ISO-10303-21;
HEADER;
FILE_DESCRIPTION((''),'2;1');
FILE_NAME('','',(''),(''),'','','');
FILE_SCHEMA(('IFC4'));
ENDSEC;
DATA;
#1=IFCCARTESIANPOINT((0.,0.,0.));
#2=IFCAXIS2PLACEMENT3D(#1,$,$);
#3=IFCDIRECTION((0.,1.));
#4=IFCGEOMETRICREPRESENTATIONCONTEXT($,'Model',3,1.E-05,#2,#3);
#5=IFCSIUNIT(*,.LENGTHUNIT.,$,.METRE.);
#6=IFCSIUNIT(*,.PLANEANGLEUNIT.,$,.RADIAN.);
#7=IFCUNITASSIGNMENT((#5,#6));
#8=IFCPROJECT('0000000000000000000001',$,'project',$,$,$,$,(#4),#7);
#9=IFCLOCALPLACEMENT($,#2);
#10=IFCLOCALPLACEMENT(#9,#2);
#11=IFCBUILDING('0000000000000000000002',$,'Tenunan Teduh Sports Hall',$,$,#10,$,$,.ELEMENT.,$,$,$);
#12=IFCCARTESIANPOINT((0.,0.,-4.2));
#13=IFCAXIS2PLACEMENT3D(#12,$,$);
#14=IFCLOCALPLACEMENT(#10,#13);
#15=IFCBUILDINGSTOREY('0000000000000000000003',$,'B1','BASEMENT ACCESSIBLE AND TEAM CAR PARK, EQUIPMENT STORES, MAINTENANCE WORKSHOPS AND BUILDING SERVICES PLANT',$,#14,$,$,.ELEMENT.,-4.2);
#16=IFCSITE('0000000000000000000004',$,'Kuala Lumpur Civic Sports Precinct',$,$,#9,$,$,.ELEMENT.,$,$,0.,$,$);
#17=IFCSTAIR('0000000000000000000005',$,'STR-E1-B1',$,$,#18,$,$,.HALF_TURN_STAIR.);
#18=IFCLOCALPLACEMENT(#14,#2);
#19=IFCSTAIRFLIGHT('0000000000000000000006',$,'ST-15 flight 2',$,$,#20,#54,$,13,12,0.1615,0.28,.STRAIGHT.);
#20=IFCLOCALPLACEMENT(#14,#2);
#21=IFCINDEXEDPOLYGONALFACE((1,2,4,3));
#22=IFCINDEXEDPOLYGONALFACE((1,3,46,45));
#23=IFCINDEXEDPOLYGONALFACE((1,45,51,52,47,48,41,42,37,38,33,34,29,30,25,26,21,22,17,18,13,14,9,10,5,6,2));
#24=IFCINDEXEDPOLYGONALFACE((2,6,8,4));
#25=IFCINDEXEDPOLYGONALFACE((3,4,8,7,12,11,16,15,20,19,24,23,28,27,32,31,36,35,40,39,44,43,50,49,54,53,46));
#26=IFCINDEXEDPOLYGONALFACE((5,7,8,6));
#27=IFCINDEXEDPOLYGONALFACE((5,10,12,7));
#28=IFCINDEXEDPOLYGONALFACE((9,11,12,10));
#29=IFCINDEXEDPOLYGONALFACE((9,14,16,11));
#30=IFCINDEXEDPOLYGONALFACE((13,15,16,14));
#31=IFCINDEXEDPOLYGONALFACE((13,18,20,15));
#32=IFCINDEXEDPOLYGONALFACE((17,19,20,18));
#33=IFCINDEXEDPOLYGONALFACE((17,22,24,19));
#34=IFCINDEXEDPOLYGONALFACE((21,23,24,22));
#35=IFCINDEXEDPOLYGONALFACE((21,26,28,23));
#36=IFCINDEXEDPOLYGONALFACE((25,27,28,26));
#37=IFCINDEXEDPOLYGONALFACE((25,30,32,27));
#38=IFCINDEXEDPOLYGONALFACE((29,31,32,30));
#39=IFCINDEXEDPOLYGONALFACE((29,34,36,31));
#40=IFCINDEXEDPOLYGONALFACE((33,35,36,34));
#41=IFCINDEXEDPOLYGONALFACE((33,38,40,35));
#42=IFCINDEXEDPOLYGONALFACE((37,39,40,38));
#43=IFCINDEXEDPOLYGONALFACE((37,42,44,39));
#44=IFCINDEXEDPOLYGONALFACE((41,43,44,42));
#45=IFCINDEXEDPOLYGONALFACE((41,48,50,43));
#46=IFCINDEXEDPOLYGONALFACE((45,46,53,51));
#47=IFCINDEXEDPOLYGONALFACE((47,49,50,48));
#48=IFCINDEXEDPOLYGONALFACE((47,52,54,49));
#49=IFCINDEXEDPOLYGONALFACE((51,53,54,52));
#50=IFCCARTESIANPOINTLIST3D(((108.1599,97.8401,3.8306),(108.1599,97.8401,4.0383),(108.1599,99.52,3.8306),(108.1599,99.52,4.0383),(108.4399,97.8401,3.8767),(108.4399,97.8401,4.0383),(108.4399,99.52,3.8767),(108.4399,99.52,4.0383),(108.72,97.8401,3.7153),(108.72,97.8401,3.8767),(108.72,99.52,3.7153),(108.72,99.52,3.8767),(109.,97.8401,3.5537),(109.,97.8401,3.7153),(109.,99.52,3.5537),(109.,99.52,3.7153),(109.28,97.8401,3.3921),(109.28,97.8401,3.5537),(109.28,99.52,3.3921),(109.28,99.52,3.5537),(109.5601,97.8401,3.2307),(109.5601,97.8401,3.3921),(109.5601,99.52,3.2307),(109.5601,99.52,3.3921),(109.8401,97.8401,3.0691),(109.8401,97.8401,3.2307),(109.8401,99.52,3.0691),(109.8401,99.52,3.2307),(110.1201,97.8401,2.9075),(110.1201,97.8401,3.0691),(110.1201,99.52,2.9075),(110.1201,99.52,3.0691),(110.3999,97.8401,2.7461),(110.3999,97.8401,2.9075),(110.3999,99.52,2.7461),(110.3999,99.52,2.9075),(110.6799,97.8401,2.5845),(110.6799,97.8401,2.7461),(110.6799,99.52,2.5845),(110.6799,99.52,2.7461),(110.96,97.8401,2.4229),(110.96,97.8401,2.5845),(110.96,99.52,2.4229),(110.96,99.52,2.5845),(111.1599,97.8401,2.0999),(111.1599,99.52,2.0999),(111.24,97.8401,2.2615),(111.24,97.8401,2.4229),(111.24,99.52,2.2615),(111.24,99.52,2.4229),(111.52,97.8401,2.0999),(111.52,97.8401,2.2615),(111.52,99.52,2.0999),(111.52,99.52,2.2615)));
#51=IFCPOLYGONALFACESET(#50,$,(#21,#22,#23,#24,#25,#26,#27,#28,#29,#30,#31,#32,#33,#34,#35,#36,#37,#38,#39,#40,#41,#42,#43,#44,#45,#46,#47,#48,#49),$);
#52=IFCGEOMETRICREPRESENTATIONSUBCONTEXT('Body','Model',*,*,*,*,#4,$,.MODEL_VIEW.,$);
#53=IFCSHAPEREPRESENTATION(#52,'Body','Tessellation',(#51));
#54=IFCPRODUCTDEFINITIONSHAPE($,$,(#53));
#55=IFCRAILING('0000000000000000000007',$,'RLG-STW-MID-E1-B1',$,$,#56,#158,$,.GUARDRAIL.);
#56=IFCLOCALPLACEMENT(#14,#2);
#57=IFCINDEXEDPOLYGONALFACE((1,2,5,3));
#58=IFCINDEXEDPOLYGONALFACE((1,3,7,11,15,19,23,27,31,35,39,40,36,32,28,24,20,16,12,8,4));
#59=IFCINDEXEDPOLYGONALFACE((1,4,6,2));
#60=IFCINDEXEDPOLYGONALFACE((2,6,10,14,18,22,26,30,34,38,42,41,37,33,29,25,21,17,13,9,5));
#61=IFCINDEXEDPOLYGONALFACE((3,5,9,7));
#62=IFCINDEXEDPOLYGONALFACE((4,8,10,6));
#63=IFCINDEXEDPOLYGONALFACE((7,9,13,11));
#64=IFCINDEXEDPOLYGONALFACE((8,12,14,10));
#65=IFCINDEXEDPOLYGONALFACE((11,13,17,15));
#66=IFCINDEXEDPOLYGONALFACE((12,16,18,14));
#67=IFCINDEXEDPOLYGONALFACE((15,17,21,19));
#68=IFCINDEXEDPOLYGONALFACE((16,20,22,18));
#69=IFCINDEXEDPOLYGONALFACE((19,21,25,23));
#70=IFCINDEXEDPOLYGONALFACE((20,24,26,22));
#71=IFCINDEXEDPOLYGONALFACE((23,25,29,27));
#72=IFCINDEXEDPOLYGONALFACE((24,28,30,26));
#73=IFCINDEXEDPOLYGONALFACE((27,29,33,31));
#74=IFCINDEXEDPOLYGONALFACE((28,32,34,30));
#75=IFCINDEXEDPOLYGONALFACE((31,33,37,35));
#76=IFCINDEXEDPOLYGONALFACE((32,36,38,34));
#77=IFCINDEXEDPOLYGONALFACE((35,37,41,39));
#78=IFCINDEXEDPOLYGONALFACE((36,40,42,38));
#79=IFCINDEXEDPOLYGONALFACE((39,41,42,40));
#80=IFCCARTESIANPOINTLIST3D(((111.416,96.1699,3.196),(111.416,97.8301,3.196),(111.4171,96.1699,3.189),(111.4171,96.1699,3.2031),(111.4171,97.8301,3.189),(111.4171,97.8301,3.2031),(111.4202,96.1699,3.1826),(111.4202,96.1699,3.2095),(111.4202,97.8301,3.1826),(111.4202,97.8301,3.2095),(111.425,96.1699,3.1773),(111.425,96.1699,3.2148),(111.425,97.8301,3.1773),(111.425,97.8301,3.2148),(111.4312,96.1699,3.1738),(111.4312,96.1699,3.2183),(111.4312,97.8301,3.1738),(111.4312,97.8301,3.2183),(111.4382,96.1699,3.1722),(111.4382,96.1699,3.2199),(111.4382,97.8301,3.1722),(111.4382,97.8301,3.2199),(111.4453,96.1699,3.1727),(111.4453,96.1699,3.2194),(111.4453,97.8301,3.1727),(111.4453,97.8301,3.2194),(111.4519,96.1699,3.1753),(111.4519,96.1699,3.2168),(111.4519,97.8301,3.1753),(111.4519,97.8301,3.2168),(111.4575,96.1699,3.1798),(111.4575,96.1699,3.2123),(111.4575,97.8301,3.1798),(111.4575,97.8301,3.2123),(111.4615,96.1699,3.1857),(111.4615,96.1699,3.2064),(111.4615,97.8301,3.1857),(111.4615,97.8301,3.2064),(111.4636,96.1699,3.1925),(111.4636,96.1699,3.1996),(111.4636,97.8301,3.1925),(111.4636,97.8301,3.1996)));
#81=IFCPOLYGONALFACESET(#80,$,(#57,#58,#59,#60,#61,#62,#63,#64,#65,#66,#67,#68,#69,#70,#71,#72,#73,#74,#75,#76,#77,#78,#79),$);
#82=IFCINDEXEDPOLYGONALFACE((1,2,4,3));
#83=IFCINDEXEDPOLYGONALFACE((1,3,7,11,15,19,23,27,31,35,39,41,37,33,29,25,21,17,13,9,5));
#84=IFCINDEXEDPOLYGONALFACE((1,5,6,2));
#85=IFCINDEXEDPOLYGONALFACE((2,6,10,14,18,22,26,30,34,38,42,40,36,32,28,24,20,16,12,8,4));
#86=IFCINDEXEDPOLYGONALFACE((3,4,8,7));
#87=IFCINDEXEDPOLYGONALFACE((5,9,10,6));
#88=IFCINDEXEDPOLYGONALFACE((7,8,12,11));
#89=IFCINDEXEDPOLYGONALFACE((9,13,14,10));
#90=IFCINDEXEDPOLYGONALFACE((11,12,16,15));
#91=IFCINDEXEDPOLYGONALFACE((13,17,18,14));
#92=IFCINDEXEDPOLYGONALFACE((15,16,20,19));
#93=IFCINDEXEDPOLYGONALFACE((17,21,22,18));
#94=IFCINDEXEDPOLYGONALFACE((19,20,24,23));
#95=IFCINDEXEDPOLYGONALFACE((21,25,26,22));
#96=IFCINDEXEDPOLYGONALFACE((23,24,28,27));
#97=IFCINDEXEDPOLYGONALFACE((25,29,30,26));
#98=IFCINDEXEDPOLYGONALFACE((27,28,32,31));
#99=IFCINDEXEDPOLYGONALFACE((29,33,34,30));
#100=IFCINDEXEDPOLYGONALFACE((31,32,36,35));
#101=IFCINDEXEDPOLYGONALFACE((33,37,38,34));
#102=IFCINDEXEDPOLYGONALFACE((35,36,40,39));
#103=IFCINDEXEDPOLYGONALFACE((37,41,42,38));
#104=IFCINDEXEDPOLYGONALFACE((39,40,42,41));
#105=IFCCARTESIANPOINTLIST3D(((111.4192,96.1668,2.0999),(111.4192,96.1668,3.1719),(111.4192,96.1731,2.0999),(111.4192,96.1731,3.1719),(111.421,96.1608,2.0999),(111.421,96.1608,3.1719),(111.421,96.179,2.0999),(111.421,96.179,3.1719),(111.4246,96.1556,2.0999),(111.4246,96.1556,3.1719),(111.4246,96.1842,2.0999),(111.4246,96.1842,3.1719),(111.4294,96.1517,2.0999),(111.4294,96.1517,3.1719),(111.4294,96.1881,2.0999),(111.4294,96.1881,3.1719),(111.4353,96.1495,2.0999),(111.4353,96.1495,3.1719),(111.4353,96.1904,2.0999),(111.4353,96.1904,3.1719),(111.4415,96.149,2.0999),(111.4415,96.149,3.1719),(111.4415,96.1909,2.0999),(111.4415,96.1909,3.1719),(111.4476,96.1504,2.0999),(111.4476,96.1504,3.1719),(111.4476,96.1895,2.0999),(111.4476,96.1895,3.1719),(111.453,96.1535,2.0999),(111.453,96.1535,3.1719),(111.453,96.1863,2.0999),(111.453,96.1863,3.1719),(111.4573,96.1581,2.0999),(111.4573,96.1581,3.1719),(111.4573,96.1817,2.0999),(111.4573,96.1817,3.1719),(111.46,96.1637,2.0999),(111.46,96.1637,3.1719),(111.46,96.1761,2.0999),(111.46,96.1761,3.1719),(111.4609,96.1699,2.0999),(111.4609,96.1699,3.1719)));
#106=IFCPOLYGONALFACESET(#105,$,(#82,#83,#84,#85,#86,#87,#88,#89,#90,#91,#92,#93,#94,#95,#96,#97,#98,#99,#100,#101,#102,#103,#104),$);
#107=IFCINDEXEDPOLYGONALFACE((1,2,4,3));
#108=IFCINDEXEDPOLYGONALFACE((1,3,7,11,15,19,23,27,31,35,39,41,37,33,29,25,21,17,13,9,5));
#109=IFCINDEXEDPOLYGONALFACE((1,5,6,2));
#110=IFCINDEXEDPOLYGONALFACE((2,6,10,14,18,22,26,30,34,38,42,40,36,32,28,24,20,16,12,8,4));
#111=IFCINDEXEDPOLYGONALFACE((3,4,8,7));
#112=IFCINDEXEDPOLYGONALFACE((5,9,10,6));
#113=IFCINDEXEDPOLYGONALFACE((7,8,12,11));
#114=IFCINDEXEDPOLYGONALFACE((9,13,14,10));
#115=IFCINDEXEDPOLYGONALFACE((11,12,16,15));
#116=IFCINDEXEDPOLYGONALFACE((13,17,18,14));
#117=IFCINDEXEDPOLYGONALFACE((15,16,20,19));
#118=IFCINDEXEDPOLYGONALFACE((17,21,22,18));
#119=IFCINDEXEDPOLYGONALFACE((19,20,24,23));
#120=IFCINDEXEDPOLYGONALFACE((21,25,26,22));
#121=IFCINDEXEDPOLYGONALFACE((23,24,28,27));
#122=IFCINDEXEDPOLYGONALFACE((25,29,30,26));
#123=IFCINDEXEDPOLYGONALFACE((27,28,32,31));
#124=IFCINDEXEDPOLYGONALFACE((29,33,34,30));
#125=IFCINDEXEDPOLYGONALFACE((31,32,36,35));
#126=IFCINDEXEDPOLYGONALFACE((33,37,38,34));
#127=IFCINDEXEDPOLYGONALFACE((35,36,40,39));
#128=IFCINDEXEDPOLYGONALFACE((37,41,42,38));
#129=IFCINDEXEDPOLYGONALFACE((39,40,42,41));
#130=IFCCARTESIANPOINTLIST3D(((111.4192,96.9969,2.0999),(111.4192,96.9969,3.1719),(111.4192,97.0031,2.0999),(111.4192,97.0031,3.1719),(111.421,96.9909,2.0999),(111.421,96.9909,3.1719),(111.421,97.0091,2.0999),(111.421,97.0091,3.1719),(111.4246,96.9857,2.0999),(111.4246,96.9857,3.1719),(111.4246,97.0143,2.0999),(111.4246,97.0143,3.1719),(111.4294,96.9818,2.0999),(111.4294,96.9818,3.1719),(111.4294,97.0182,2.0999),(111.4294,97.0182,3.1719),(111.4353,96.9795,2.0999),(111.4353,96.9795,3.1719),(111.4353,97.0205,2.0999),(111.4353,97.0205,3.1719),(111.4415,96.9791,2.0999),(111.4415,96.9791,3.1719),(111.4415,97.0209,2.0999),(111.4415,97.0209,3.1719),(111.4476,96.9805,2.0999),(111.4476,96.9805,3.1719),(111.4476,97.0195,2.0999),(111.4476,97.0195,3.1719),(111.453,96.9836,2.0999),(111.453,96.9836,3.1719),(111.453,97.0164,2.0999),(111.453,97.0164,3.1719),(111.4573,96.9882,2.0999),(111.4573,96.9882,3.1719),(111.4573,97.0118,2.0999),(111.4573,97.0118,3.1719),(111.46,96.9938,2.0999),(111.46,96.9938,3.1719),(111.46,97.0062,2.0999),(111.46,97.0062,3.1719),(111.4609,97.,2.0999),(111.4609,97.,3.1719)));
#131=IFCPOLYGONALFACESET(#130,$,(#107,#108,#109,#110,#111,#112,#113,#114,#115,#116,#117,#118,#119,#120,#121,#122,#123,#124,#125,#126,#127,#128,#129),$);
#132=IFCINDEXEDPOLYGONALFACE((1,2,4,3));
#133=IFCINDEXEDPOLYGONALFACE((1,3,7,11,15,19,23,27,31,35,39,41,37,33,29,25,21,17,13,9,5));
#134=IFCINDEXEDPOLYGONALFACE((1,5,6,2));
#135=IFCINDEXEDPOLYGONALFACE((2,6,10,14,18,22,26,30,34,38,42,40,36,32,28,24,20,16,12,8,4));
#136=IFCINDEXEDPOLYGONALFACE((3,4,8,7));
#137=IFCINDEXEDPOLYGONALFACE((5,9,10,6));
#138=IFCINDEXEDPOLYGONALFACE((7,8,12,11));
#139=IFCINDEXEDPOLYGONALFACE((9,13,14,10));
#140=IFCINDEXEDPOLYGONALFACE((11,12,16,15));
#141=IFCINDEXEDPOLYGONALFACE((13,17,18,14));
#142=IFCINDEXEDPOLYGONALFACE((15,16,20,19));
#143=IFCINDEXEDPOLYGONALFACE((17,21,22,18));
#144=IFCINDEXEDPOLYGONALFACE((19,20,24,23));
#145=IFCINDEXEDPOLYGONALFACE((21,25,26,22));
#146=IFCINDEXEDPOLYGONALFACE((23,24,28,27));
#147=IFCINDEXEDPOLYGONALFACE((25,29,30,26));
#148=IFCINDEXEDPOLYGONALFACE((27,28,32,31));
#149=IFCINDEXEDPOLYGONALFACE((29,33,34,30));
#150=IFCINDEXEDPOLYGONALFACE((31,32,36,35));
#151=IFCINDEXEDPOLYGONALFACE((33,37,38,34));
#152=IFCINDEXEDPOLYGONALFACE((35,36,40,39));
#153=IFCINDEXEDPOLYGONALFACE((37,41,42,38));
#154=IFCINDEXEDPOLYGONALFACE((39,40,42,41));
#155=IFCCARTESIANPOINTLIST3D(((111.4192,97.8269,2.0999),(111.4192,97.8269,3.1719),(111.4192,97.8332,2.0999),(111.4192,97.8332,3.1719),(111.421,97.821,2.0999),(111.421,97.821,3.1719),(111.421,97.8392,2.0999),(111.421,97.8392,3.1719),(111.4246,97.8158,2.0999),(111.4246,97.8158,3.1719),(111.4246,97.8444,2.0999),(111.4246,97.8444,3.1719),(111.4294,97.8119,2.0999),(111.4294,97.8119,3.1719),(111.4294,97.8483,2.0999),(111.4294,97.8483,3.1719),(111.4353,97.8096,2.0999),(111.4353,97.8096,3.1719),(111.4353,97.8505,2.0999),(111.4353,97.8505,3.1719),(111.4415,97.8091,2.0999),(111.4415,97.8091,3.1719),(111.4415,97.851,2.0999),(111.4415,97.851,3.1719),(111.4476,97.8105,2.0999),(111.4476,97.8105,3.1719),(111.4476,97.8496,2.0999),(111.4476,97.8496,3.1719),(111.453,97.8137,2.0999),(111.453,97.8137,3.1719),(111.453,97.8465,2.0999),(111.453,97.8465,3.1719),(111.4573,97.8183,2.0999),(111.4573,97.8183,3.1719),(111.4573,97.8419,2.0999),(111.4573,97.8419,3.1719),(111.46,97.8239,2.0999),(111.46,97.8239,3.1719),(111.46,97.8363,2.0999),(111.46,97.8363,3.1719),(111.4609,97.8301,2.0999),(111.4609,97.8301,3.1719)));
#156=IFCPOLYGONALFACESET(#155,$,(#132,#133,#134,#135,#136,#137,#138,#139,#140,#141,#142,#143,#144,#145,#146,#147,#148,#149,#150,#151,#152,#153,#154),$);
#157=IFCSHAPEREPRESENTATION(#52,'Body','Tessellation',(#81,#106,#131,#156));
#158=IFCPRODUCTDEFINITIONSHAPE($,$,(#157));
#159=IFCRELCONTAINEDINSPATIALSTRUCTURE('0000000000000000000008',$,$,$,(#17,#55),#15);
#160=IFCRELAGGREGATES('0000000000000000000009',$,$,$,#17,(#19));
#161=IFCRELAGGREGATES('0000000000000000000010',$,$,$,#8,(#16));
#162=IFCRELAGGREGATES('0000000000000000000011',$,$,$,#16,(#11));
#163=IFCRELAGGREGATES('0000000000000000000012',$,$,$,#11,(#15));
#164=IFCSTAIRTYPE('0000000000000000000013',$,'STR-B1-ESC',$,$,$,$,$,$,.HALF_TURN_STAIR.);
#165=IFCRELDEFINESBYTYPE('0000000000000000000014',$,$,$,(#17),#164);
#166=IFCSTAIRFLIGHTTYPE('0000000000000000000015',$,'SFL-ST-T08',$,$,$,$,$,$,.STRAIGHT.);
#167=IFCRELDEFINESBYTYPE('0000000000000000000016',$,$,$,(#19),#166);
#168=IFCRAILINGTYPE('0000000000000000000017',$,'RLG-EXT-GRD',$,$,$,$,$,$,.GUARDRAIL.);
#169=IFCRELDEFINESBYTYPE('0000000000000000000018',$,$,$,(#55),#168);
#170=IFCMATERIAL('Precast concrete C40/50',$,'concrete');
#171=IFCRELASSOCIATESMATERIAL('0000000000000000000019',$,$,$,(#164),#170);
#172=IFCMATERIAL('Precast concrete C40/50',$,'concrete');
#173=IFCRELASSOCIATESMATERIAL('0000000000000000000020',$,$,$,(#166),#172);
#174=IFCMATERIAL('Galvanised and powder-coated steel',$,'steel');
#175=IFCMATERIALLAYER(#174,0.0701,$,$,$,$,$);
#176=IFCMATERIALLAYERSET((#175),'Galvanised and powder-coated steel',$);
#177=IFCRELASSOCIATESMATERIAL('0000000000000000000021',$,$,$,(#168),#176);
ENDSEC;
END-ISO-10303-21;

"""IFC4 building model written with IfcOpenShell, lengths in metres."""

from ifc_helpers import new_model, si_unit, direction, frame, origin, origin_2d, place, context, subcontext, project, spatial, polyline, circle, outline, extrude, material, layer, layer_set, type_object, element, aggregate, save


model = new_model("IFC4")

# Units and contexts
model_context = context("Model", 3, precision=1e-05, world=origin(), true_north=direction((0.0, 1.0)))
body_context = subcontext(model_context, "Body", "Model", "MODEL_VIEW")
ifc_project = project(units=[si_unit("LENGTHUNIT", "METRE"), si_unit("PLANEANGLEUNIT", "RADIAN")], contexts=[model_context])

# Site, building, storey
site_placement = place(None, origin())
site = spatial("IfcSite", under=ifc_project, at=site_placement, Name="Kuala Lumpur Civic Sports Precinct", CompositionType="ELEMENT", RefElevation=0.0)
building_placement = place(site_placement, origin())
building = spatial("IfcBuilding", under=site, at=building_placement, Name="Tenunan Teduh Sports Hall", CompositionType="ELEMENT")
storey_placement = place(building_placement, frame((0.0, 0.0, -4.2)))
storey = spatial("IfcBuildingStorey", under=building, at=storey_placement, Name="B1", Description="BASEMENT ACCESSIBLE AND TEAM CAR PARK, EQUIPMENT STORES, MAINTENANCE WORKSHOPS AND BUILDING SERVICES PLANT", CompositionType="ELEMENT", Elevation=-4.2)

# Stair, stair flight
ifc_material_1 = material(Name="Precast concrete C40/50", Category="concrete")
stair_type = type_object("IfcStairType", Name="STR-B1-ESC", PredefinedType="HALF_TURN_STAIR", material=ifc_material_1)
stair_placement = place(storey_placement, origin())
stair = element("IfcStair", 1, at=stair_placement, inside=storey, type_object=stair_type, Name="STR-E1-B1", PredefinedType="HALF_TURN_STAIR")
ifc_material_2 = material(Name="Precast concrete C40/50", Category="concrete")
stair_flight_type = type_object("IfcStairFlightType", Name="SFL-ST-T08", PredefinedType="STRAIGHT", material=ifc_material_2)
stair_flight_1_placement = place(storey_placement, frame((111.52, 98.6799, 2.0999), z_axis=(0.0, 0.0, 1.0), x_axis=(-1.0, 0.0, 0.0)))
stair_flight_1 = element("IfcStairFlight", 2, at=stair_flight_1_placement, type_object=stair_flight_type, Name="ST-15 flight 2", NumberOfRisers=13, NumberOfTreads=12, PredefinedType="STRAIGHT", RiserHeight=0.1615, TreadLength=0.28, context=body_context, shape_type="SweptSolid", body=[
    extrude(outline(polyline([(0.0, 0.0), (0.0, 0.1616), (0.28, 0.1616), (0.28, 0.323), (0.5601, 0.323), (0.5601, 0.4846), (0.8401, 0.4846), (0.8401, 0.6462), (1.1201, 0.6462), (1.1201, 0.8076), (1.3999, 0.8076), (1.3999, 0.9692), (1.6799, 0.9692), (1.6799, 1.1309), (1.96, 1.1309), (1.96, 1.2922), (2.24, 1.2922), (2.24, 1.4539), (2.52, 1.4539), (2.52, 1.6155), (2.8, 1.6155), (2.8, 1.7769), (3.0801, 1.7769), (3.0801, 1.9385), (3.3601, 1.9385), (3.3601, 2.1001), (3.3601, 1.7307), (0.3601, 0.0), (0.0, 0.0)])), frame((0.0, 0.8398, 0.0), z_axis=(0.0, -1.0, 0.0), x_axis=(1.0, 0.0, 0.0)), (0.0, 0.0, 1.0), 1.6799),
])

# Railing
ifc_material_3 = material(Name="Galvanised and powder-coated steel", Category="steel")
ifc_layer_1 = layer(ifc_material_3, 0.0701)
ifc_layer_set_1 = layer_set([ifc_layer_1], Name="Galvanised and powder-coated steel")
railing_type_1 = type_object("IfcRailingType", Name="RLG-EXT-GRD", PredefinedType="GUARDRAIL", material=ifc_layer_set_1)
railing_1_placement = place(storey_placement, frame((111.4399, 96.1699, 2.0999)))
element("IfcRailing", 3, at=railing_1_placement, inside=storey, type_object=railing_type_1, Name="RLG-STW-MID-E1-B1", PredefinedType="GUARDRAIL", context=body_context, shape_type="SweptSolid", body=[
    extrude(circle(Radius=0.0239, at=origin_2d()), frame((0.0, 0.0, 1.0962), z_axis=(0.0, 1.0, 0.0), x_axis=(-1.0, 0.0, 0.0)), (0.0, 0.0, 1.0), 1.6602),
    extrude(circle(Radius=0.021, at=origin_2d()), origin(), (0.0, 0.0, 1.0), 1.072),
    extrude(circle(Radius=0.021, at=origin_2d()), frame((0.0, 0.8301, 0.0)), (0.0, 0.0, 1.0), 1.072),
    extrude(circle(Radius=0.021, at=origin_2d()), frame((0.0, 1.6602, 0.0)), (0.0, 0.0, 1.0), 1.072),
])

aggregate(stair, [stair_flight_1])

save(model, "model.ifc")
